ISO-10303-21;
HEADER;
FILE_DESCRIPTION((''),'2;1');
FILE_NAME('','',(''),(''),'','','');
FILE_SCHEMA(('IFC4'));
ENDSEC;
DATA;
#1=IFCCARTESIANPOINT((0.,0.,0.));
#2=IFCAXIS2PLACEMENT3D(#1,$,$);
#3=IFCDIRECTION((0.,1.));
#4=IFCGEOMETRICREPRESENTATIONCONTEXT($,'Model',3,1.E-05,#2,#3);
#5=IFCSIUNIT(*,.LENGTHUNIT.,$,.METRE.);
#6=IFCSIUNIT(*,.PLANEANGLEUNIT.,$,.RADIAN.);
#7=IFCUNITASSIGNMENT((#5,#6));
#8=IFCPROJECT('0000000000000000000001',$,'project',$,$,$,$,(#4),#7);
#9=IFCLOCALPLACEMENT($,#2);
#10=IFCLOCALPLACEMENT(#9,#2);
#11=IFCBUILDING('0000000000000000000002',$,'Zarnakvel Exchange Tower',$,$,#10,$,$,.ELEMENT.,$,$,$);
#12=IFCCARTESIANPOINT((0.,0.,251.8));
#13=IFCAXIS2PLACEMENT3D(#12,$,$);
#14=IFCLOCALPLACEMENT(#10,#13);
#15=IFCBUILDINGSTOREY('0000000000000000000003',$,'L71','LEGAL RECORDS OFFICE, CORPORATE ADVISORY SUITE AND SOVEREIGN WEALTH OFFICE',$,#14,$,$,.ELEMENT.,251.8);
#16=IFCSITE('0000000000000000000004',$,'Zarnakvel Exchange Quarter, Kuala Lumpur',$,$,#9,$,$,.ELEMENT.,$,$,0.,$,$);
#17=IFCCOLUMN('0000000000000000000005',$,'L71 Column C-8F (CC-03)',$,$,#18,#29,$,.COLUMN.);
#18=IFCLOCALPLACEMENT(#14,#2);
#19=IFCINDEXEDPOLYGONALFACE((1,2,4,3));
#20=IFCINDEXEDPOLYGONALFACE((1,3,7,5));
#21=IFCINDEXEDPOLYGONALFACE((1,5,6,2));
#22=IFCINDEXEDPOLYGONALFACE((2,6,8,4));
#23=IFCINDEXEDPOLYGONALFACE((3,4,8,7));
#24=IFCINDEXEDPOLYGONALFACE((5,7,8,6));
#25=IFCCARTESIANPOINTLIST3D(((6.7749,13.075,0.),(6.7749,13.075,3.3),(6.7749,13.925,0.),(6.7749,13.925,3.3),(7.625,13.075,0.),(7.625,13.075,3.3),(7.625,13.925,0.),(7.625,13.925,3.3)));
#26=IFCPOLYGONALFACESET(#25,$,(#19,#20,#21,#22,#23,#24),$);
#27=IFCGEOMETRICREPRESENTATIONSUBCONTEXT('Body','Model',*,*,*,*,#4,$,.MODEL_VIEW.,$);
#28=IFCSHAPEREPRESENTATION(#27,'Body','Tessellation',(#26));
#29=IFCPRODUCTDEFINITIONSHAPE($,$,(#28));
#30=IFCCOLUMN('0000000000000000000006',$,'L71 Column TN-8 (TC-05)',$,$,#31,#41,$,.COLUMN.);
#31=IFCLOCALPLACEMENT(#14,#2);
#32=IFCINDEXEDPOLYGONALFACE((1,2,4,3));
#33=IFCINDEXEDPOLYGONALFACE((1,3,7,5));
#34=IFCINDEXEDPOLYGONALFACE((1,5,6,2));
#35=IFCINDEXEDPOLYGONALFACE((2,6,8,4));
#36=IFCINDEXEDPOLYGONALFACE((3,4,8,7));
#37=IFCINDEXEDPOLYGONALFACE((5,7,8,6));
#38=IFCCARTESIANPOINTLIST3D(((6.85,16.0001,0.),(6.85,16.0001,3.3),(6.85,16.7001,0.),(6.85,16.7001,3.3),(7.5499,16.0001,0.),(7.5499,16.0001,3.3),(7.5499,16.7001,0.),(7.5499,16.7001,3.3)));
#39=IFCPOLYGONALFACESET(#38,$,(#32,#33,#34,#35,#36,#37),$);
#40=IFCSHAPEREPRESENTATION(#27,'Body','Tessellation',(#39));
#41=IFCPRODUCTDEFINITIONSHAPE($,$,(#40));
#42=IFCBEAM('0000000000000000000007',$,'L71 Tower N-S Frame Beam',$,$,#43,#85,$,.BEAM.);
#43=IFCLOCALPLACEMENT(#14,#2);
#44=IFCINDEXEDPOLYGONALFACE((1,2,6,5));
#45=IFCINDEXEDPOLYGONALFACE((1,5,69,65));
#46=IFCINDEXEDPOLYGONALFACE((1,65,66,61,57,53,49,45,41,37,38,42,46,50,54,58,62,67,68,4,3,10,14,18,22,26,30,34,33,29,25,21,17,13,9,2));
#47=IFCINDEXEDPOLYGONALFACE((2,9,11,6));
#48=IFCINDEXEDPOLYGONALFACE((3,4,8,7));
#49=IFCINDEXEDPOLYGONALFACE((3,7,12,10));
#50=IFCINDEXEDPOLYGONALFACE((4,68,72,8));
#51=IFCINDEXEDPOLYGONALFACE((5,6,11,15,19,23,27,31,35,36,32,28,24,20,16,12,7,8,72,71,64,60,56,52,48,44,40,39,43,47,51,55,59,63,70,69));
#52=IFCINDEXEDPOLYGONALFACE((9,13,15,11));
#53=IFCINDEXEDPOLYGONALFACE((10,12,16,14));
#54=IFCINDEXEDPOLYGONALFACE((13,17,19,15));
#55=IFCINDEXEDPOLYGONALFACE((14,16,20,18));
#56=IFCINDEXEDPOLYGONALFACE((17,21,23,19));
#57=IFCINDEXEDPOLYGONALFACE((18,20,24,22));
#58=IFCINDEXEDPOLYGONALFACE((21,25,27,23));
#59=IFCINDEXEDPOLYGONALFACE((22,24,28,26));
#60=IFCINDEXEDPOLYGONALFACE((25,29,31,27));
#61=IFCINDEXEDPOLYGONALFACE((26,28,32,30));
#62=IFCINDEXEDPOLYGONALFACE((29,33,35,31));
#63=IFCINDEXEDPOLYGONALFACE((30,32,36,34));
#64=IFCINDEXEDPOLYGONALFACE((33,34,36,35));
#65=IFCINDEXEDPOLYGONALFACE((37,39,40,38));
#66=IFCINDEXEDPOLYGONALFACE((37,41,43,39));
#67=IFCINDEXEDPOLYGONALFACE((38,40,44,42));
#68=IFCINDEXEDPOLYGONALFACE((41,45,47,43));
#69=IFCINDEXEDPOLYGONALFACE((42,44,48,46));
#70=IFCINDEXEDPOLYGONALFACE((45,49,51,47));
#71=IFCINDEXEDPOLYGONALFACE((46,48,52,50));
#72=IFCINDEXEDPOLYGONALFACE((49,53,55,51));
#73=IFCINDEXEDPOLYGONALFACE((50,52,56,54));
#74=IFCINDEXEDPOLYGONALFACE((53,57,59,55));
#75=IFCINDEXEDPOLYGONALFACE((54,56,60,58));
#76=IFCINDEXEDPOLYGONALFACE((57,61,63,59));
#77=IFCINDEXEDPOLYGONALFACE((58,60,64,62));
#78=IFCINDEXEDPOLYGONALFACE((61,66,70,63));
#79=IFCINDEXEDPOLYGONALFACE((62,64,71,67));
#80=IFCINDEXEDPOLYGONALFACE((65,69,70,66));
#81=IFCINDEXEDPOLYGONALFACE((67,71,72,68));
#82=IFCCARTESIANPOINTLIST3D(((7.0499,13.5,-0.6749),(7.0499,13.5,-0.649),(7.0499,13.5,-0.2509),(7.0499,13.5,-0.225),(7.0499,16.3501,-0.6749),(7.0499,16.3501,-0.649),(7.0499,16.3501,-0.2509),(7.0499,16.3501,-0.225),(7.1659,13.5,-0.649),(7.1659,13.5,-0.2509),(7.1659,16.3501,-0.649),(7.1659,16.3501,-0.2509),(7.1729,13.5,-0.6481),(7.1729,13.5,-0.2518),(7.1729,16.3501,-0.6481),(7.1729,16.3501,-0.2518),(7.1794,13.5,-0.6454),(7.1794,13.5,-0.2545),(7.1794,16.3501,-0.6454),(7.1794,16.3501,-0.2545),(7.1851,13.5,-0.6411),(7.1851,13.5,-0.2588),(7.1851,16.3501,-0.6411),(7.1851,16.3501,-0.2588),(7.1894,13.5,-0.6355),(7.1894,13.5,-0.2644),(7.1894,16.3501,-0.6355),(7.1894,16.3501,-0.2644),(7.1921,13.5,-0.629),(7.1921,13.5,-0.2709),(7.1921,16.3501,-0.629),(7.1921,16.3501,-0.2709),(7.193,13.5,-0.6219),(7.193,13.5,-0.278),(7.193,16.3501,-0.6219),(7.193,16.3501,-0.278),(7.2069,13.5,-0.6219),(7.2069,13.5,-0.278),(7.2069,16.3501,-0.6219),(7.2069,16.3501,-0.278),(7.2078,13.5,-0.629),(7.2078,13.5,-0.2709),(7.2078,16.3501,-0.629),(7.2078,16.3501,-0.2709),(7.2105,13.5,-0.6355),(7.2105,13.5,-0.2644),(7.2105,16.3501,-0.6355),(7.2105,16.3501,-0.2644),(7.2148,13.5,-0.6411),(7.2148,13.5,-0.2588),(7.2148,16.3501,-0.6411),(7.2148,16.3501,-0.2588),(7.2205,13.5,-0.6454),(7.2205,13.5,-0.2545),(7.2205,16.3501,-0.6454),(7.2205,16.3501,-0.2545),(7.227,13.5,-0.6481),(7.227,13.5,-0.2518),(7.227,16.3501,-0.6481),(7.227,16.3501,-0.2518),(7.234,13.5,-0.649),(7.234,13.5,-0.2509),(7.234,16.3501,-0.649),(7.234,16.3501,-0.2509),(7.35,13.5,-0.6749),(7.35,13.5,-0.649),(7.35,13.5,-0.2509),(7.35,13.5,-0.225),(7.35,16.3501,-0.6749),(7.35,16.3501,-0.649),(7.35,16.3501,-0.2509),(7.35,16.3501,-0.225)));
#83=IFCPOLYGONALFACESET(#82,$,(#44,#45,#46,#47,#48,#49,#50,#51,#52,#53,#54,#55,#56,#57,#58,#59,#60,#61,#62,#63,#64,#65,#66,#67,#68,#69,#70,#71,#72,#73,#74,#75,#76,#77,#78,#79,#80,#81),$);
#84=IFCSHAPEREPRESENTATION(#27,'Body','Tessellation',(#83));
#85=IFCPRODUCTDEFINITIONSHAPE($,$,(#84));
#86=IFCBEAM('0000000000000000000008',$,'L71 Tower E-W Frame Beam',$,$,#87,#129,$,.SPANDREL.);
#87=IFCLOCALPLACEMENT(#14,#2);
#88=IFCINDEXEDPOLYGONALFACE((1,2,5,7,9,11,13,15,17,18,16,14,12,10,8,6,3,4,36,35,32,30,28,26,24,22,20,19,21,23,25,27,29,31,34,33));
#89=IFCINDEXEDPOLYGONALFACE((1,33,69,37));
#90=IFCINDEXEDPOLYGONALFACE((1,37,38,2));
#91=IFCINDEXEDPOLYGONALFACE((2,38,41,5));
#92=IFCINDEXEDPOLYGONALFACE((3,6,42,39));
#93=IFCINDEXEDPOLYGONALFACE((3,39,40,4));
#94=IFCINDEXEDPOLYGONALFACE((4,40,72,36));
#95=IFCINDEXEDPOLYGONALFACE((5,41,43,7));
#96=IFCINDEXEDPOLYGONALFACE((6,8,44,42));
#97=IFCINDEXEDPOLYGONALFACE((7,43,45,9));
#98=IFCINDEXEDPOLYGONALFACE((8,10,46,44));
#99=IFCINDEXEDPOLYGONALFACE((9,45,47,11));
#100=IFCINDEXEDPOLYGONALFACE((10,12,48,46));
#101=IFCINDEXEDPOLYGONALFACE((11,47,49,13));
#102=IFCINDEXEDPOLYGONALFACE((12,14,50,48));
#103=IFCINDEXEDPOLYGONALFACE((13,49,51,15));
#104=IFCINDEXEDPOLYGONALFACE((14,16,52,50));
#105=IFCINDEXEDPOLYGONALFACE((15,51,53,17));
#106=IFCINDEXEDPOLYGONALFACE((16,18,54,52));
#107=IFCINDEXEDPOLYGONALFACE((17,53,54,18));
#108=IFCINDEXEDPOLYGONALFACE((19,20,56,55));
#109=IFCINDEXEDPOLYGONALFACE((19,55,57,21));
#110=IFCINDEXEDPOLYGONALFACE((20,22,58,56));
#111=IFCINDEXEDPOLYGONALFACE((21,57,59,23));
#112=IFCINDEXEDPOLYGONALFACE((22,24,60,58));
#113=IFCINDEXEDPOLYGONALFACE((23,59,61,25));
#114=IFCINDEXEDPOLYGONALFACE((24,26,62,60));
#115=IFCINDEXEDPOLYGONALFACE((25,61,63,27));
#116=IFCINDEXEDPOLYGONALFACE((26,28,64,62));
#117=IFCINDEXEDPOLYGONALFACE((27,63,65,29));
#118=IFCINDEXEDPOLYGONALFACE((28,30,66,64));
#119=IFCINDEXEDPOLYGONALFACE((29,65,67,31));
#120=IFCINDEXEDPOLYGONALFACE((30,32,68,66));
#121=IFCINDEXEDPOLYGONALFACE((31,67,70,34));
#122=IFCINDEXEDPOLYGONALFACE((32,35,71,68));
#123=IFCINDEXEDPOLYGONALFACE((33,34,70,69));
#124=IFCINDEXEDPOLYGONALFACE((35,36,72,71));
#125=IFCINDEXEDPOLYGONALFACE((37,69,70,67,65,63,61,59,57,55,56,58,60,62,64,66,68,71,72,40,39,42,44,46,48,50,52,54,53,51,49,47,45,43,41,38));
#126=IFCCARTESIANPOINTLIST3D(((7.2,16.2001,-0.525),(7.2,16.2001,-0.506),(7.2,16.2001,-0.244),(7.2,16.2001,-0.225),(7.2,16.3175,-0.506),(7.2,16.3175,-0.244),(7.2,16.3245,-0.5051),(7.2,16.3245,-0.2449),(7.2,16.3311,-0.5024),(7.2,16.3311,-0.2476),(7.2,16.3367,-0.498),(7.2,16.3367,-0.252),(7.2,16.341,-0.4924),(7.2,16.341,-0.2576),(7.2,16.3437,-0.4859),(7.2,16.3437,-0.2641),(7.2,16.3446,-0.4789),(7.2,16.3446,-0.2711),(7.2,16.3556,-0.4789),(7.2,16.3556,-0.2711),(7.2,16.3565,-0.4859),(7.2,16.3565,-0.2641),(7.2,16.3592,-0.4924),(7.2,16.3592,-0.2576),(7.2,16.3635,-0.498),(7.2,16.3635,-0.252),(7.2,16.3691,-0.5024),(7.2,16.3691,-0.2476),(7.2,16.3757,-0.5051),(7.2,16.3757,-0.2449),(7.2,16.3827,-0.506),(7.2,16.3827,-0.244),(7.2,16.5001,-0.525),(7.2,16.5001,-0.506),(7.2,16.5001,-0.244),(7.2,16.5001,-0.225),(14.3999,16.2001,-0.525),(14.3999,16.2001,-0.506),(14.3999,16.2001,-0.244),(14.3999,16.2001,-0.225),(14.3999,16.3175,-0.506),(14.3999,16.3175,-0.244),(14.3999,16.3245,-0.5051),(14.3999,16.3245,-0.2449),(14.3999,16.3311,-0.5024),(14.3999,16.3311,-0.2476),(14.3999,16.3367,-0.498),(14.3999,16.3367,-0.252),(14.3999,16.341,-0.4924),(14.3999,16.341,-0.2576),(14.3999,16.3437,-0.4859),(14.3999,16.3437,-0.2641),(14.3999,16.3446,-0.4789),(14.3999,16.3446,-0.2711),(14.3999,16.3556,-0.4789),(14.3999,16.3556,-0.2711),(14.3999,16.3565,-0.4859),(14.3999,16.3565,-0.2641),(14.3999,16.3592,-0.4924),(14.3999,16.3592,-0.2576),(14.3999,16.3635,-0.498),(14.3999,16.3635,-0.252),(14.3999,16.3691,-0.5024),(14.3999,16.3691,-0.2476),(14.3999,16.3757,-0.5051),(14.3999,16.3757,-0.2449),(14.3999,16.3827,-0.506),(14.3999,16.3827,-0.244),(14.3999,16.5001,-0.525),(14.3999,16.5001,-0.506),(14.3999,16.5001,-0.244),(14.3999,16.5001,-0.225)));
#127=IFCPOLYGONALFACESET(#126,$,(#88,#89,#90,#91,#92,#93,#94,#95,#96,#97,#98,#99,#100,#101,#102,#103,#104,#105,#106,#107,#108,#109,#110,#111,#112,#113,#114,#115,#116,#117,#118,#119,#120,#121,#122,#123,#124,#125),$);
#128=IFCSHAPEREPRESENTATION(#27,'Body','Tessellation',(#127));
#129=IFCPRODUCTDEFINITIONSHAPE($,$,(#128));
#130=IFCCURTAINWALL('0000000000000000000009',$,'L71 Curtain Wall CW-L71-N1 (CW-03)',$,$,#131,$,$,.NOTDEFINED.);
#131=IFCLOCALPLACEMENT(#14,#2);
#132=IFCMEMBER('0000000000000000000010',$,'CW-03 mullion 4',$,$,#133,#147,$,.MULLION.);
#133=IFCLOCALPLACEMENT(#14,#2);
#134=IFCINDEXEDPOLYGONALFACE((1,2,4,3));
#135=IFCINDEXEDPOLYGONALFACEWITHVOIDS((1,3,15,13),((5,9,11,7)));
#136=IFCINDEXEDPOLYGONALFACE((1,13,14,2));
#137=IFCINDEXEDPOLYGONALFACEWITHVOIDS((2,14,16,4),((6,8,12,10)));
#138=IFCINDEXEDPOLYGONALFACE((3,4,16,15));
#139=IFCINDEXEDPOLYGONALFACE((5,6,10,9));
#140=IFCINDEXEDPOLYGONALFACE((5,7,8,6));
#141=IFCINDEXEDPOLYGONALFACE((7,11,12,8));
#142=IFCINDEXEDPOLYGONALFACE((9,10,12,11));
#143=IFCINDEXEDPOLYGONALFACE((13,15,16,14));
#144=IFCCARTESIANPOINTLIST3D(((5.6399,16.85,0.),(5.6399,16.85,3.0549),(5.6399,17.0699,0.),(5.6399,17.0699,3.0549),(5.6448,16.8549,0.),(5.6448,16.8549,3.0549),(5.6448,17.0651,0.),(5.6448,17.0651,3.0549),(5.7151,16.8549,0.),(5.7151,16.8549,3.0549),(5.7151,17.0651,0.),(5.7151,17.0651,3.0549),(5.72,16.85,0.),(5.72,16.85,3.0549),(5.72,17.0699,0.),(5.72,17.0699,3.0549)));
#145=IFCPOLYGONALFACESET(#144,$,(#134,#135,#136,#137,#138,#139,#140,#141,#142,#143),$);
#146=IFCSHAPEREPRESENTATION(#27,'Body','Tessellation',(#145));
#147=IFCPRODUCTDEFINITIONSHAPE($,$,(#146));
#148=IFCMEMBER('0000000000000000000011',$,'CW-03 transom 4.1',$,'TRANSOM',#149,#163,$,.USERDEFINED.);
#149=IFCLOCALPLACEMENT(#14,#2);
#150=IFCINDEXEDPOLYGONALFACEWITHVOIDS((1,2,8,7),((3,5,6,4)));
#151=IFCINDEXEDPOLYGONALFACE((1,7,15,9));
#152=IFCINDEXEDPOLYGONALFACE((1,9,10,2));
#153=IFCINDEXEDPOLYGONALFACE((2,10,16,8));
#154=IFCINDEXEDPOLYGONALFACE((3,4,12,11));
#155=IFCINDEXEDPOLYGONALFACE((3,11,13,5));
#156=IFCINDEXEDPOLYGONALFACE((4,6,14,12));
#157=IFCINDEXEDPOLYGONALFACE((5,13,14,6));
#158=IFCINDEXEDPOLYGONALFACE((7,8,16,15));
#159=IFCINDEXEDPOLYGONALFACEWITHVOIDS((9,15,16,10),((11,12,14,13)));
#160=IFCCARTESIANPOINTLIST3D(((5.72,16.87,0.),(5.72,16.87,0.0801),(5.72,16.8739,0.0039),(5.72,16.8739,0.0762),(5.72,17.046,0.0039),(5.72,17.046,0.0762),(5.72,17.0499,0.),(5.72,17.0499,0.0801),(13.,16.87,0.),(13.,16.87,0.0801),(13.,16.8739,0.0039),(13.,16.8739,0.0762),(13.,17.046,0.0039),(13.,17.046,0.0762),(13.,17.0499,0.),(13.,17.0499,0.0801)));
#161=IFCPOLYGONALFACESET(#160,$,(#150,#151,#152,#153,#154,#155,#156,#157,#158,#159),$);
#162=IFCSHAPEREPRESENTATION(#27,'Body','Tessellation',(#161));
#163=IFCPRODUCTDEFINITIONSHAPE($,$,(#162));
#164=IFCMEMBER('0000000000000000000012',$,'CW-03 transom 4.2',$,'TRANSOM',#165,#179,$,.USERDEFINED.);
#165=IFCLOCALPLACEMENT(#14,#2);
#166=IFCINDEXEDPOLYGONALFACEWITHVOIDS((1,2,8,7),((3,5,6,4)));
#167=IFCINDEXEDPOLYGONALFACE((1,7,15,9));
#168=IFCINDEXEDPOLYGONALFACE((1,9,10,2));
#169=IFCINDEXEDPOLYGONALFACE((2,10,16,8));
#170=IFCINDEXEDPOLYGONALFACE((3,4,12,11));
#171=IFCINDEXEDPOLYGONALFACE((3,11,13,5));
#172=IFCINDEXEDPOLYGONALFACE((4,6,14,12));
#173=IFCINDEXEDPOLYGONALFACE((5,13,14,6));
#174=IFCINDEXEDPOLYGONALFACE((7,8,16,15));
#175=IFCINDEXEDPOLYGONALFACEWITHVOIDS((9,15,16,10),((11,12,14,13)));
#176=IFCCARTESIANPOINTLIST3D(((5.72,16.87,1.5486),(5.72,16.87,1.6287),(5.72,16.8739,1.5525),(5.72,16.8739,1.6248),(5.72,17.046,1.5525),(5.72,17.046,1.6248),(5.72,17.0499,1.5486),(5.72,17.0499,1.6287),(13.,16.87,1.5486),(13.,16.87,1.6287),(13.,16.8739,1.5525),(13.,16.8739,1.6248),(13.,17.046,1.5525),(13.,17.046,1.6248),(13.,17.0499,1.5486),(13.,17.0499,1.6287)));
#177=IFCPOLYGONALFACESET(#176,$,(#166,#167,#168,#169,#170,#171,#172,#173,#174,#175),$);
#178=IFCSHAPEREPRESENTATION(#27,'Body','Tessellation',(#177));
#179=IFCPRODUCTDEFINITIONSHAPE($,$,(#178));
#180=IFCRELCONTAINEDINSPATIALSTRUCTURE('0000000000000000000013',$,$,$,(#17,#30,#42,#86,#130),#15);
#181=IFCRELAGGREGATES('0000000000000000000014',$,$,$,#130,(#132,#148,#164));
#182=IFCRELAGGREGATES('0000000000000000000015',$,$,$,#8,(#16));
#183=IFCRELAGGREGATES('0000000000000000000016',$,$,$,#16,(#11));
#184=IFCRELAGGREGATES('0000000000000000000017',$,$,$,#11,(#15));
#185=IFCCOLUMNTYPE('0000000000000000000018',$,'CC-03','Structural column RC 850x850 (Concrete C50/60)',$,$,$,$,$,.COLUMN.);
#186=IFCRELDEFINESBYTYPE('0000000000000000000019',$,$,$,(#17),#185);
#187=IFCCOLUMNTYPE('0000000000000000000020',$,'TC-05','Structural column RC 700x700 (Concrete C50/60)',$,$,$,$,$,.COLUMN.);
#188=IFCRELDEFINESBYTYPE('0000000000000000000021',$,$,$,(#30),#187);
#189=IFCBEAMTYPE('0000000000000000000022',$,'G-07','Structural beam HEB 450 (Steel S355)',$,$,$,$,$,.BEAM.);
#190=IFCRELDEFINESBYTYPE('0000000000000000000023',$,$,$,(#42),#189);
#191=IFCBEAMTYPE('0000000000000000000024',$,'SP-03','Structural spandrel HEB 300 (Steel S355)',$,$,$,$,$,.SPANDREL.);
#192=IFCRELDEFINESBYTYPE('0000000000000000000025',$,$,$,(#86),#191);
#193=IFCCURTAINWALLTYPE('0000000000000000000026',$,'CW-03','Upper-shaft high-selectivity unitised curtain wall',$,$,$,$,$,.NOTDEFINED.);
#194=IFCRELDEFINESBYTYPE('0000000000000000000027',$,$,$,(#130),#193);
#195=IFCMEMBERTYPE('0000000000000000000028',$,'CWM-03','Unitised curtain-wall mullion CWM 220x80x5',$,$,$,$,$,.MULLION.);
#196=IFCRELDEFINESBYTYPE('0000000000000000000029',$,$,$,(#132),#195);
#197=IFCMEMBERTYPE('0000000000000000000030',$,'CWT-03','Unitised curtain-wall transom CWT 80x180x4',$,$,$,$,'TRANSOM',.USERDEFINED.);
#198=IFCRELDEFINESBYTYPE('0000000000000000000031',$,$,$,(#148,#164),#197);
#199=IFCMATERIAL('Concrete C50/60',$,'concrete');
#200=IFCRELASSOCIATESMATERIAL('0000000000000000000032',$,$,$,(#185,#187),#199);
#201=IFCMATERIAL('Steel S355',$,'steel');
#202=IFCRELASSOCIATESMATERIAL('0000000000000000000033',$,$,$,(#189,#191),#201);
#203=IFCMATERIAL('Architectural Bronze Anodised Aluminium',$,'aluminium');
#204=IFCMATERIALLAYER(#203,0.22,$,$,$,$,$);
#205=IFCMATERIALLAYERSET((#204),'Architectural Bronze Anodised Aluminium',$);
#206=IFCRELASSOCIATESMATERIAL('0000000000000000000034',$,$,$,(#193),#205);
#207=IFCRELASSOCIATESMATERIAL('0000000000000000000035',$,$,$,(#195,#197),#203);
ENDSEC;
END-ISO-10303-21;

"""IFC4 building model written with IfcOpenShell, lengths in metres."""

from ifc_helpers import new_model, si_unit, direction, frame, origin, origin_2d, place, context, subcontext, project, spatial, rectangle, hollow_rectangle, i_section, extrude, source, transform, mapped, material, layer, layer_set, material_profile, profile_set, type_object, element, aggregate, save


model = new_model("IFC4")

# Units and contexts
model_context = context("Model", 3, precision=1e-05, world=origin(), true_north=direction((0.0, 1.0)))
body_context = subcontext(model_context, "Body", "Model", "MODEL_VIEW")
ifc_project = project(units=[si_unit("LENGTHUNIT", "METRE"), si_unit("PLANEANGLEUNIT", "RADIAN")], contexts=[model_context])

# Site, building, storey
site_placement = place(None, origin())
site = spatial("IfcSite", under=ifc_project, at=site_placement, Name="Zarnakvel Exchange Quarter, Kuala Lumpur", CompositionType="ELEMENT", RefElevation=0.0)
building_placement = place(site_placement, origin())
building = spatial("IfcBuilding", under=site, at=building_placement, Name="Zarnakvel Exchange Tower", CompositionType="ELEMENT")
storey_placement = place(building_placement, frame((0.0, 0.0, 251.8)))
storey = spatial("IfcBuildingStorey", under=building, at=storey_placement, Name="L71", Description="LEGAL RECORDS OFFICE, CORPORATE ADVISORY SUITE AND SOVEREIGN WEALTH OFFICE", CompositionType="ELEMENT", Elevation=251.8)

# Columns
ifc_material_1 = material(Name="Concrete C50/60", Category="concrete")
ifc_material_profile_1 = material_profile(ifc_material_1, rectangle(XDim=0.8501, YDim=0.8501, at=origin_2d()))
ifc_profile_set_1 = profile_set([ifc_material_profile_1], Name="Concrete C50/60")
column_type_1 = type_object("IfcColumnType", Name="CC-03", Description="Structural column RC 850x850 (Concrete C50/60)", PredefinedType="COLUMN", material=ifc_profile_set_1)
column_1_placement = place(storey_placement, frame((7.2, 13.5, 0.0), z_axis=(0.0, 0.0, 1.0), x_axis=(1.0, 0.0, 0.0)))
element("IfcColumn", 1, at=column_1_placement, inside=storey, type_object=column_type_1, Name="L71 Column C-8F (CC-03)", PredefinedType="COLUMN", context=body_context, shape_type="SweptSolid", body=[
    extrude(rectangle(XDim=0.8501, YDim=0.8501, at=origin_2d()), origin(), (0.0, 0.0, 1.0), 3.3),
])
ifc_material_profile_2 = material_profile(ifc_material_1, rectangle(XDim=0.7, YDim=0.7, at=origin_2d()))
ifc_profile_set_2 = profile_set([ifc_material_profile_2], Name="Concrete C50/60")
column_type_2 = type_object("IfcColumnType", Name="TC-05", Description="Structural column RC 700x700 (Concrete C50/60)", PredefinedType="COLUMN", material=ifc_profile_set_2)
column_2_placement = place(storey_placement, frame((7.2, 16.3501, 0.0), z_axis=(0.0, 0.0, 1.0), x_axis=(1.0, 0.0, 0.0)))
element("IfcColumn", 2, at=column_2_placement, inside=storey, type_object=column_type_2, Name="L71 Column TN-8 (TC-05)", PredefinedType="COLUMN", context=body_context, shape_type="SweptSolid", body=[
    extrude(rectangle(XDim=0.7, YDim=0.7, at=origin_2d()), origin(), (0.0, 0.0, 1.0), 3.3),
])

# Beams
ifc_material_2 = material(Name="Steel S355", Category="steel")
ifc_material_profile_3 = material_profile(ifc_material_2, i_section(OverallWidth=0.3, OverallDepth=0.45, WebThickness=0.0139, FlangeThickness=0.0259, FilletRadius=0.0271, at=origin_2d()))
ifc_profile_set_3 = profile_set([ifc_material_profile_3], Name="Steel S355")
beam_type_1 = type_object("IfcBeamType", Name="G-07", Description="Structural beam HEB 450 (Steel S355)", PredefinedType="BEAM", material=ifc_profile_set_3)
beam_1_placement = place(storey_placement, frame((7.2, 13.5, -0.45), z_axis=(0.0, 1.0, 0.0), x_axis=(-1.0, 0.0, 0.0)))
element("IfcBeam", 3, at=beam_1_placement, inside=storey, type_object=beam_type_1, Name="L71 Tower N-S Frame Beam", PredefinedType="BEAM", context=body_context, shape_type="SweptSolid", body=[
    extrude(i_section(OverallWidth=0.3, OverallDepth=0.45, WebThickness=0.0139, FlangeThickness=0.0259, FilletRadius=0.0271, at=origin_2d()), origin(), (0.0, 0.0, 1.0), 2.8501),
])
ifc_material_profile_4 = material_profile(ifc_material_2, i_section(OverallWidth=0.3, OverallDepth=0.3, WebThickness=0.011, FlangeThickness=0.019, FilletRadius=0.0271, at=origin_2d()))
ifc_profile_set_4 = profile_set([ifc_material_profile_4], Name="Steel S355")
beam_type_2 = type_object("IfcBeamType", Name="SP-03", Description="Structural spandrel HEB 300 (Steel S355)", PredefinedType="SPANDREL", material=ifc_profile_set_4)
beam_2_placement = place(storey_placement, frame((7.2, 16.3501, -0.375), z_axis=(1.0, 0.0, 0.0), x_axis=(0.0, 1.0, 0.0)))
element("IfcBeam", 4, at=beam_2_placement, inside=storey, type_object=beam_type_2, Name="L71 Tower E-W Frame Beam", PredefinedType="SPANDREL", context=body_context, shape_type="SweptSolid", body=[
    extrude(i_section(OverallWidth=0.3, OverallDepth=0.3, WebThickness=0.011, FlangeThickness=0.019, FilletRadius=0.0271, at=origin_2d()), origin(), (0.0, 0.0, 1.0), 7.2),
])

# Curtain wall, members
ifc_material_3 = material(Name="Architectural Bronze Anodised Aluminium", Category="aluminium")
ifc_layer_1 = layer(ifc_material_3, 0.22)
ifc_layer_set_1 = layer_set([ifc_layer_1], Name="Architectural Bronze Anodised Aluminium")
curtain_wall_type = type_object("IfcCurtainWallType", Name="CW-03", Description="Upper-shaft high-selectivity unitised curtain wall", PredefinedType="NOTDEFINED", material=ifc_layer_set_1)
curtain_wall_placement = place(storey_placement, origin())
curtain_wall = element("IfcCurtainWall", 5, at=curtain_wall_placement, inside=storey, type_object=curtain_wall_type, Name="L71 Curtain Wall CW-L71-N1 (CW-03)", PredefinedType="NOTDEFINED")
ifc_material_profile_5 = material_profile(ifc_material_3, hollow_rectangle(XDim=0.22, YDim=0.0801, WallThickness=0.0049, at=origin_2d()))
ifc_profile_set_5 = profile_set([ifc_material_profile_5], Name="Architectural Bronze Anodised Aluminium")
member_type_1 = type_object("IfcMemberType", Name="CWM-03", Description="Unitised curtain-wall mullion CWM 220x80x5", PredefinedType="MULLION", material=ifc_profile_set_5)
shared_shape_1 = source(origin(), body_context, "Body", "SweptSolid", [
    extrude(hollow_rectangle(XDim=0.22, YDim=0.0801, WallThickness=0.0049, at=origin_2d()), origin(), (0.0, 0.0, 1.0), 3.0549),
])
member_1_placement = place(storey_placement, frame((5.6799, 16.96, 0.0), z_axis=(0.0, 0.0, 1.0), x_axis=(0.0, 1.0, 0.0)))
member_1 = element("IfcMember", 6, at=member_1_placement, type_object=member_type_1, Name="CW-03 mullion 4", PredefinedType="MULLION", context=body_context, shape_type="MappedRepresentation", body=[
    mapped(shared_shape_1, transform((0.0, 0.0, 0.0), x_axis=(1.0, 0.0, 0.0), y_axis=(0.0, 1.0, 0.0), z_axis=(0.0, 0.0, 1.0), scale=1.0)),
])
ifc_material_profile_6 = material_profile(ifc_material_3, hollow_rectangle(XDim=0.1799, YDim=0.0801, WallThickness=0.0039, at=origin_2d()))
ifc_profile_set_6 = profile_set([ifc_material_profile_6], Name="Architectural Bronze Anodised Aluminium")
member_type_2 = type_object("IfcMemberType", Name="CWT-03", Description="Unitised curtain-wall transom CWT 80x180x4", ElementType="TRANSOM", PredefinedType="USERDEFINED", material=ifc_profile_set_6)
shared_shape_2 = source(origin(), body_context, "Body", "SweptSolid", [
    extrude(hollow_rectangle(XDim=0.1799, YDim=0.0801, WallThickness=0.0039, at=origin_2d()), origin(), (0.0, 0.0, 1.0), 7.28),
])
member_2_placement = place(storey_placement, frame((5.72, 16.96, 0.04), z_axis=(1.0, 0.0, 0.0), x_axis=(0.0, 1.0, 0.0)))
member_2 = element("IfcMember", 7, at=member_2_placement, type_object=member_type_2, Name="CW-03 transom 4.1", ObjectType="TRANSOM", PredefinedType="USERDEFINED", context=body_context, shape_type="MappedRepresentation", body=[
    mapped(shared_shape_2, transform((0.0, 0.0, 0.0), x_axis=(1.0, 0.0, 0.0), y_axis=(0.0, 1.0, 0.0), z_axis=(0.0, 0.0, 1.0), scale=1.0)),
])
member_3_placement = place(storey_placement, frame((5.72, 16.96, 1.5886), z_axis=(1.0, 0.0, 0.0), x_axis=(0.0, 1.0, 0.0)))
member_3 = element("IfcMember", 8, at=member_3_placement, type_object=member_type_2, Name="CW-03 transom 4.2", ObjectType="TRANSOM", PredefinedType="USERDEFINED", context=body_context, shape_type="MappedRepresentation", body=[
    mapped(shared_shape_2, transform((0.0, 0.0, 0.0), x_axis=(1.0, 0.0, 0.0), y_axis=(0.0, 1.0, 0.0), z_axis=(0.0, 0.0, 1.0), scale=1.0)),
])
aggregate(curtain_wall, [member_1, member_2, member_3])

save(model, "model.ifc")
